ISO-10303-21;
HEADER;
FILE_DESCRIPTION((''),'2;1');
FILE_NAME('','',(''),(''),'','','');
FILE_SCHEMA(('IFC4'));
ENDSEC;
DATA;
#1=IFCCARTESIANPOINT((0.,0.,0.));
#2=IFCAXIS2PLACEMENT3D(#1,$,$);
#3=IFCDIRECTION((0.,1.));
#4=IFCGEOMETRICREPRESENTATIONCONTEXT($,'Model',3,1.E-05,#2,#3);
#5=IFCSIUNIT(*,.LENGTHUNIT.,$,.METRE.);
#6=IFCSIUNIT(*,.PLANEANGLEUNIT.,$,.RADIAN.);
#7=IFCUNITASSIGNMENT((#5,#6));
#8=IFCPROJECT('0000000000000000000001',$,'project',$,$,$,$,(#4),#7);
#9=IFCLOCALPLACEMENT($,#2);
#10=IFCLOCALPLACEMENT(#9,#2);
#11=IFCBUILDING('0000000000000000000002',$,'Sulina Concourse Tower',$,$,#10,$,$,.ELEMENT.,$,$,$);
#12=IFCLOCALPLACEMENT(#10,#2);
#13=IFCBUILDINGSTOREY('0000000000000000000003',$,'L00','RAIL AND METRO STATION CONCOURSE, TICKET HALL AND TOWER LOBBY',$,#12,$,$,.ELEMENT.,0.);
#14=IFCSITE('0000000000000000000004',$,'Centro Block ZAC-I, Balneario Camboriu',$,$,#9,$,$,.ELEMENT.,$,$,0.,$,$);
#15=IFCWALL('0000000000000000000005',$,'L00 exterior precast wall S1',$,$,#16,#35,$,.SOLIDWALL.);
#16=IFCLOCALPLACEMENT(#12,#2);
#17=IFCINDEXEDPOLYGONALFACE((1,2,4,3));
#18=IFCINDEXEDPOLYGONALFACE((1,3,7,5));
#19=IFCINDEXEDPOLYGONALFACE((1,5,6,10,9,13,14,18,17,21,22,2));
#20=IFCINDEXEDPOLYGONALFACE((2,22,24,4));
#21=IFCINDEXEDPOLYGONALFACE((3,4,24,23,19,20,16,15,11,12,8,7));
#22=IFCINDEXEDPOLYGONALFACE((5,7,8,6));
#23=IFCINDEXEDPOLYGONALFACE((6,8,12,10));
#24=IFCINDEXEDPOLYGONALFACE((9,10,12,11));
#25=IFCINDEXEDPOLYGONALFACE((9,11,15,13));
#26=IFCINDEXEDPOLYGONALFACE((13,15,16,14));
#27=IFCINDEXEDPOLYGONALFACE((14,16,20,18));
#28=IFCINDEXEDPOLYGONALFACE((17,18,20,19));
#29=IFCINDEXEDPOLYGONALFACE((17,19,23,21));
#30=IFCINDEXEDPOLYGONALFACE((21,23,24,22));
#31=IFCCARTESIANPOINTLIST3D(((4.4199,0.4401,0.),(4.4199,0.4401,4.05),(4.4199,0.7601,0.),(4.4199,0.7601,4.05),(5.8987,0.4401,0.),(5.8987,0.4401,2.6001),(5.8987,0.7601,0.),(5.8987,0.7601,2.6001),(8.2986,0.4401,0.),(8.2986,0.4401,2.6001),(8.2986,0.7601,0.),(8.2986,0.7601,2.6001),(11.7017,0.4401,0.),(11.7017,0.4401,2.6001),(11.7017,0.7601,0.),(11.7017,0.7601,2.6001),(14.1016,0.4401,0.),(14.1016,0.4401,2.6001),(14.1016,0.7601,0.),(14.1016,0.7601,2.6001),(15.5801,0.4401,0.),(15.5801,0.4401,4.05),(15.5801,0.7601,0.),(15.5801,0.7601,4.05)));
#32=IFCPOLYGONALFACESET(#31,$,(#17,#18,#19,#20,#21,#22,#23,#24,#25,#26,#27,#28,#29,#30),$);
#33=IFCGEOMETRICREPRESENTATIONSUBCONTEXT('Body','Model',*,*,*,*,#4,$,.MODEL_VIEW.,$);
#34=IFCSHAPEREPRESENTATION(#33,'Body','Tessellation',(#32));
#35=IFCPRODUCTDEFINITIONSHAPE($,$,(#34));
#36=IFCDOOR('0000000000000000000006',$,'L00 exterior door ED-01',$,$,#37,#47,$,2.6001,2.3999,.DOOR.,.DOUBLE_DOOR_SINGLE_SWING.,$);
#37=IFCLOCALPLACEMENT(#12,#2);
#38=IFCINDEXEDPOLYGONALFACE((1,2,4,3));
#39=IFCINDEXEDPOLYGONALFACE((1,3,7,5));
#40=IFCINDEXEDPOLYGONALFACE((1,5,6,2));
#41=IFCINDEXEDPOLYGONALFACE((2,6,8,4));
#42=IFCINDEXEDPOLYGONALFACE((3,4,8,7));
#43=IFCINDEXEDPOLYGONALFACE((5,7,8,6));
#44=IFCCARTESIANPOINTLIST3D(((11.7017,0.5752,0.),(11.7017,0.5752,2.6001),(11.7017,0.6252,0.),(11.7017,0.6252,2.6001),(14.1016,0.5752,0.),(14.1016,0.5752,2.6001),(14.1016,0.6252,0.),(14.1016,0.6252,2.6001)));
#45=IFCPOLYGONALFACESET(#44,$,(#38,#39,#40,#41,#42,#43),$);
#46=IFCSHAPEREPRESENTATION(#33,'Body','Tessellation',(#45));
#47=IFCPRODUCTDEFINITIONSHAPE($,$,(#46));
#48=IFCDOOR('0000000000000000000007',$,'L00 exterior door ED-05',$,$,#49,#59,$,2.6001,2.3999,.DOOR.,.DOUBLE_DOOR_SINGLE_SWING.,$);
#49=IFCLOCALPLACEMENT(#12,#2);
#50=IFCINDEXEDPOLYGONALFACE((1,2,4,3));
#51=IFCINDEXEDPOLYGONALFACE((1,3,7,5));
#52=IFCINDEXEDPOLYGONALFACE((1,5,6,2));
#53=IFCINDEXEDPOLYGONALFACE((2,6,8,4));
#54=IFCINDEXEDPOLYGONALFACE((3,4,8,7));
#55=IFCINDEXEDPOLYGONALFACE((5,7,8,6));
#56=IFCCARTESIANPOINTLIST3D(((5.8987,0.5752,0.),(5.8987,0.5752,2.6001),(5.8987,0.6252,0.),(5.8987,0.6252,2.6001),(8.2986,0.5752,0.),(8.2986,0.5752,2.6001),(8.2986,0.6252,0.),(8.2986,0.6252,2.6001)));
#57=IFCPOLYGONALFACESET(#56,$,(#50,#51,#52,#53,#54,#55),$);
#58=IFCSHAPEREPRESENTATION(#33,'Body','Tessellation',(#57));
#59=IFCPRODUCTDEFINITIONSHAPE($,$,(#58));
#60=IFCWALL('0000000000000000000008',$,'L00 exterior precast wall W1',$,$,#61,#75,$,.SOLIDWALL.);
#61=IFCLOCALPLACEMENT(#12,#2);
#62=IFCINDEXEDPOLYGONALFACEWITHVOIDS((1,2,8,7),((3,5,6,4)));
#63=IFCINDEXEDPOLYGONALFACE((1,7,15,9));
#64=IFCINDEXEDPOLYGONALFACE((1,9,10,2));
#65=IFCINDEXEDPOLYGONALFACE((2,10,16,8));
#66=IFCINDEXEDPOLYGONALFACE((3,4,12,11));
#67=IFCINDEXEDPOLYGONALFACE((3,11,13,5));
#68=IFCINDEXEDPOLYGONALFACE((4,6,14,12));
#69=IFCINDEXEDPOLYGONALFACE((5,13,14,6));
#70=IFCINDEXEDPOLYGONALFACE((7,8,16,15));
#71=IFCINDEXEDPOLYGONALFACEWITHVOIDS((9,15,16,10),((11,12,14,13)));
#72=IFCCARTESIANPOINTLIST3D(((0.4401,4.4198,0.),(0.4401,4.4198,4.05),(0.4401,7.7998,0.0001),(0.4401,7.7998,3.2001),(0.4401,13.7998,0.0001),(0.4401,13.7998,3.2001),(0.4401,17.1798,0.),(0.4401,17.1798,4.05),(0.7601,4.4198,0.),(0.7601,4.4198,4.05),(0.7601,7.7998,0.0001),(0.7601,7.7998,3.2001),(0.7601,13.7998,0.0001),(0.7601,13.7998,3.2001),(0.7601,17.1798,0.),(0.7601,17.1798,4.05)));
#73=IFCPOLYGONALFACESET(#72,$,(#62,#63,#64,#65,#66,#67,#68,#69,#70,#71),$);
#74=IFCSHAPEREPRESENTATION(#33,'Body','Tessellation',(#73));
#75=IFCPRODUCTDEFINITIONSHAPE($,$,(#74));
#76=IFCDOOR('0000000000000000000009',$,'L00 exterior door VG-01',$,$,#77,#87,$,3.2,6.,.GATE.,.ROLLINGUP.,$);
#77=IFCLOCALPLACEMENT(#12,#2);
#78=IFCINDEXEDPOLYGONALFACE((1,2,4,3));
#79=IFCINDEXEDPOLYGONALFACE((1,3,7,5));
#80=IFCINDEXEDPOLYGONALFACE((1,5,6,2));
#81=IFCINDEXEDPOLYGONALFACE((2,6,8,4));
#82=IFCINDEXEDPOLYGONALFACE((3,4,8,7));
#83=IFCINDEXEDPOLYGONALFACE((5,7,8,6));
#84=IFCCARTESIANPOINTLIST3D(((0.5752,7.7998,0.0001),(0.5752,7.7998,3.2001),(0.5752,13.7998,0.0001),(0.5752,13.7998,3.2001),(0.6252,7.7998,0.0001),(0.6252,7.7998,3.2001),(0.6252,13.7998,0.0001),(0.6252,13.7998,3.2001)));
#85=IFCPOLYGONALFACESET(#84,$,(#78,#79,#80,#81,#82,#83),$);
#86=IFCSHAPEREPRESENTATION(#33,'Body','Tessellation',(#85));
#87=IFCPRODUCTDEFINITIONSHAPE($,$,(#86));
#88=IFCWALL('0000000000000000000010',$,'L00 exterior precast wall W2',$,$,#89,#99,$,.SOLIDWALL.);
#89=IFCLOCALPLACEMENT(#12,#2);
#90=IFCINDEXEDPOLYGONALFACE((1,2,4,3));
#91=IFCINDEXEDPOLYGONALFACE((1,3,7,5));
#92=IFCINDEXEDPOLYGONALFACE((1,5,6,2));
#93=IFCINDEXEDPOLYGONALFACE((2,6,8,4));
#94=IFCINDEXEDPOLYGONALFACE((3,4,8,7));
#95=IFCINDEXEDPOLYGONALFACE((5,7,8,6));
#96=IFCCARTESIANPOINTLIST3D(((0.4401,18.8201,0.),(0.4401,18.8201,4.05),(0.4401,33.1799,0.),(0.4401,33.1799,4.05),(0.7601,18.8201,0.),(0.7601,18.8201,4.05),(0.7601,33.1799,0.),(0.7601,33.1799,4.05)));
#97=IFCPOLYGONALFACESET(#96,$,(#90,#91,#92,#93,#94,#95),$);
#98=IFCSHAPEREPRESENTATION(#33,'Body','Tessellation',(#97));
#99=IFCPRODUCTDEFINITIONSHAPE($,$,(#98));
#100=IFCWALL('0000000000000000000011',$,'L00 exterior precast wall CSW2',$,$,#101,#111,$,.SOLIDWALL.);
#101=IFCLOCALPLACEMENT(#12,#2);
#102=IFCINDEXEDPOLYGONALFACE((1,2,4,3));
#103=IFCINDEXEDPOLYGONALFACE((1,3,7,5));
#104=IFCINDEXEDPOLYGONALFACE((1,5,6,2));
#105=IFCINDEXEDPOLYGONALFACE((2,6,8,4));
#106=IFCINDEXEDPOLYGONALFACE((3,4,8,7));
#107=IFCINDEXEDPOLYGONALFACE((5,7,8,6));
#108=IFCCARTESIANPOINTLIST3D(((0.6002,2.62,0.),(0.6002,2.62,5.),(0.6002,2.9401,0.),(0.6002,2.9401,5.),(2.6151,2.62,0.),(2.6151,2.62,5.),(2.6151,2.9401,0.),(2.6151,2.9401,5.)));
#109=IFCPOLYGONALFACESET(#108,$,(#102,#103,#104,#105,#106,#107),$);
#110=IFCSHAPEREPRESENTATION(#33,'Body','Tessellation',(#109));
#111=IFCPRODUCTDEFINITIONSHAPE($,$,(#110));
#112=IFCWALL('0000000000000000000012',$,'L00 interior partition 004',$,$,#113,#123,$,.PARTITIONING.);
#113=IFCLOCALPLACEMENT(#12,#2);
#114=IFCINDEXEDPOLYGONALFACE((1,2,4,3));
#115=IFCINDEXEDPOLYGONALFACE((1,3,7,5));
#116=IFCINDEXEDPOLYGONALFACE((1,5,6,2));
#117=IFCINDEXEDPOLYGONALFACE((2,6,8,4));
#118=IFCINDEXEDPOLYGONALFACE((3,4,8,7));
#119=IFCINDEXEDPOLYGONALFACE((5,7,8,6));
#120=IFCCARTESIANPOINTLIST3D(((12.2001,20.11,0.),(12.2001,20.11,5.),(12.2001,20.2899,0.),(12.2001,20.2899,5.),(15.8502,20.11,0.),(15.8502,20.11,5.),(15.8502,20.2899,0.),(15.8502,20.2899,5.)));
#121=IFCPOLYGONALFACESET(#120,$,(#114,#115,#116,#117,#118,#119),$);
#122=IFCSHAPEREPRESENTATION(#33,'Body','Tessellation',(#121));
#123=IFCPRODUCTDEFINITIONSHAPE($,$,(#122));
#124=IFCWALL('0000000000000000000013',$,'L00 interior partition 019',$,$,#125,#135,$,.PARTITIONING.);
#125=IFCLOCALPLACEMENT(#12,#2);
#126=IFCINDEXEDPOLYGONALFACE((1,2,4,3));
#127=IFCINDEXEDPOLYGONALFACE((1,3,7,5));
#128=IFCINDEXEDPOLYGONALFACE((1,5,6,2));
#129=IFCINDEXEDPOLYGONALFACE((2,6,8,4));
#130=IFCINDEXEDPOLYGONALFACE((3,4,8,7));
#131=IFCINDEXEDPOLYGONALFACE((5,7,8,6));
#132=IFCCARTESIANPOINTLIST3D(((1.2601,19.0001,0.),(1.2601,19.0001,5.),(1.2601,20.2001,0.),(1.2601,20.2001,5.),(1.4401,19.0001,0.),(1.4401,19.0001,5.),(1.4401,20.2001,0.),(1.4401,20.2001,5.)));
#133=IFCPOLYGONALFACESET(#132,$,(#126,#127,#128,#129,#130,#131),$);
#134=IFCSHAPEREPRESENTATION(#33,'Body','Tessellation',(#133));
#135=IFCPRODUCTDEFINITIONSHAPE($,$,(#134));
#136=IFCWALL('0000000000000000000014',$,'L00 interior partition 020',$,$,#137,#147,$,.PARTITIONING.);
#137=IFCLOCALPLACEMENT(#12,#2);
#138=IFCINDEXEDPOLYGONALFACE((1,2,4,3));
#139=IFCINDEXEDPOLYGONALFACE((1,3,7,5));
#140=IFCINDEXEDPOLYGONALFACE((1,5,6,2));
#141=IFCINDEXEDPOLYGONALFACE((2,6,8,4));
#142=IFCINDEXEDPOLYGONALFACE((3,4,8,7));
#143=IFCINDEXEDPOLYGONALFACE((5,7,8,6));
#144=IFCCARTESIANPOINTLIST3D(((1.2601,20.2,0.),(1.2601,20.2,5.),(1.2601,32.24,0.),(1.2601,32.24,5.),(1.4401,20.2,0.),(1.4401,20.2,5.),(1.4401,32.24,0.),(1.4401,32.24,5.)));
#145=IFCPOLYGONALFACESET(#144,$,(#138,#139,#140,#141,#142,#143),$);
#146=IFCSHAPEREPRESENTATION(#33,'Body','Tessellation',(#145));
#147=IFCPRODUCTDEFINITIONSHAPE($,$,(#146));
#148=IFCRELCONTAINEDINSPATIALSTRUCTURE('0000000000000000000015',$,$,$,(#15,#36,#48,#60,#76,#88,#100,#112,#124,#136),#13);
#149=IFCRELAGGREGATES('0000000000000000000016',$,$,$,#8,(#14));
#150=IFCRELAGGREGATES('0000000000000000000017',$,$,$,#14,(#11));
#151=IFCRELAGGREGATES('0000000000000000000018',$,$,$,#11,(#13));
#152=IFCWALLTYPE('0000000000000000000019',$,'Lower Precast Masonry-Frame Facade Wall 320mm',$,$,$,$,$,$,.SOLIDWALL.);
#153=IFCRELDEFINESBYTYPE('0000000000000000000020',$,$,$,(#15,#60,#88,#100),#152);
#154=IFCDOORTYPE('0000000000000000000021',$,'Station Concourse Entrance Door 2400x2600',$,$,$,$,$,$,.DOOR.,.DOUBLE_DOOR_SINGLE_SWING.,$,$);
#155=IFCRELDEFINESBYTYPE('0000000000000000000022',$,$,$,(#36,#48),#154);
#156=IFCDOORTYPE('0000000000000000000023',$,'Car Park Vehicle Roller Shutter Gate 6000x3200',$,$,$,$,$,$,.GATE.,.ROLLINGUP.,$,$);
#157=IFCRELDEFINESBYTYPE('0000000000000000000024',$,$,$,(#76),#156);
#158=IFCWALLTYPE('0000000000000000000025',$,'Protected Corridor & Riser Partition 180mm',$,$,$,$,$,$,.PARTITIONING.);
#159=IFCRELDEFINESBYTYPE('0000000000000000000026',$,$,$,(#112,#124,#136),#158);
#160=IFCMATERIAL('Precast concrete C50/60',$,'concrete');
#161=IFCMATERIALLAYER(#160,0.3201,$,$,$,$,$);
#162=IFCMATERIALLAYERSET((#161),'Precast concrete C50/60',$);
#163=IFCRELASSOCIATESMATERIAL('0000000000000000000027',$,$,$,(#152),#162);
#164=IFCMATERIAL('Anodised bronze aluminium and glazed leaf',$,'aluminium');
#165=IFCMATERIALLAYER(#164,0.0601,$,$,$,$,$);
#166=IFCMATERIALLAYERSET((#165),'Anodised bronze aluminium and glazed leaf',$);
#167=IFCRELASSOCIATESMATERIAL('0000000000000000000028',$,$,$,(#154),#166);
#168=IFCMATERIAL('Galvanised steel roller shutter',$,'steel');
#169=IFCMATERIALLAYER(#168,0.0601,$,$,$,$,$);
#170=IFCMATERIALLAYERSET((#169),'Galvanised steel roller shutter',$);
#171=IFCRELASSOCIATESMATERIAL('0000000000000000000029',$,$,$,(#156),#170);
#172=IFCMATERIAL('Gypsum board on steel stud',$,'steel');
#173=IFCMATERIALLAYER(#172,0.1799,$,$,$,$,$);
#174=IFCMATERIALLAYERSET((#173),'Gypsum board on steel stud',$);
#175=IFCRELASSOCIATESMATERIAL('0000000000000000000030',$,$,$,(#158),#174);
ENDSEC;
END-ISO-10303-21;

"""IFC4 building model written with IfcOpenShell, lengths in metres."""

from ifc_helpers import new_model, si_unit, direction, frame, frame_2d, origin, place, context, subcontext, project, spatial, rectangle, extrude, material, layer, layer_set, type_object, element, fill, save


model = new_model("IFC4")

# Units and contexts
model_context = context("Model", 3, precision=1e-05, world=origin(), true_north=direction((0.0, 1.0)))
body_context = subcontext(model_context, "Body", "Model", "MODEL_VIEW")
ifc_project = project(units=[si_unit("LENGTHUNIT", "METRE"), si_unit("PLANEANGLEUNIT", "RADIAN")], contexts=[model_context])

# Site, building, storey
site_placement = place(None, origin())
site = spatial("IfcSite", under=ifc_project, at=site_placement, Name="Centro Block ZAC-I, Balneario Camboriu", CompositionType="ELEMENT", RefElevation=0.0)
building_placement = place(site_placement, origin())
building = spatial("IfcBuilding", under=site, at=building_placement, Name="Sulina Concourse Tower", CompositionType="ELEMENT")
storey_placement = place(building_placement, origin())
storey = spatial("IfcBuildingStorey", under=building, at=storey_placement, Name="L00", Description="RAIL AND METRO STATION CONCOURSE, TICKET HALL AND TOWER LOBBY", CompositionType="ELEMENT", Elevation=0.0)

# Wall, openings, doors
ifc_material_1 = material(Name="Precast concrete C50/60", Category="concrete")
ifc_layer_1 = layer(ifc_material_1, 0.3201)
ifc_layer_set_1 = layer_set([ifc_layer_1], Name="Precast concrete C50/60")
wall_type_1 = type_object("IfcWallType", Name="Lower Precast Masonry-Frame Facade Wall 320mm", PredefinedType="SOLIDWALL", material=ifc_layer_set_1)
wall_1_placement = place(storey_placement, frame((15.5801, 0.6001, 0.0), z_axis=(0.0, 0.0, 1.0), x_axis=(-1.0, 0.0, 0.0)))
wall_1 = element("IfcWall", 1, at=wall_1_placement, inside=storey, type_object=wall_type_1, Name="L00 exterior precast wall S1", PredefinedType="SOLIDWALL", context=body_context, shape_type="SweptSolid", body=[
    extrude(rectangle(XDim=11.1602, YDim=0.3201, at=frame_2d((5.5801, 0.0))), origin(), (0.0, 0.0, 1.0), 4.05),
])
opening_1_placement = place(wall_1_placement, frame((1.4785, 0.0, 0.0)))
opening_1 = element("IfcOpeningElement", 2, at=opening_1_placement, cuts=wall_1, PredefinedType="OPENING", context=body_context, shape_type="SweptSolid", body=[
    extrude(rectangle(XDim=2.3999, YDim=2.6001, at=frame_2d((1.2, 1.3))), frame((0.0, 0.1699, 0.0), z_axis=(0.0, -1.0, 0.0), x_axis=(1.0, 0.0, 0.0)), (0.0, 0.0, 1.0), 0.3401),
])
opening_2_placement = place(wall_1_placement, frame((7.2815, 0.0, 0.0)))
opening_2 = element("IfcOpeningElement", 3, at=opening_2_placement, cuts=wall_1, PredefinedType="OPENING", context=body_context, shape_type="SweptSolid", body=[
    extrude(rectangle(XDim=2.3999, YDim=2.6001, at=frame_2d((1.2, 1.3))), frame((0.0, 0.1699, 0.0), z_axis=(0.0, -1.0, 0.0), x_axis=(1.0, 0.0, 0.0)), (0.0, 0.0, 1.0), 0.3401),
])
ifc_material_2 = material(Name="Anodised bronze aluminium and glazed leaf", Category="aluminium")
ifc_layer_2 = layer(ifc_material_2, 0.0601)
ifc_layer_set_2 = layer_set([ifc_layer_2], Name="Anodised bronze aluminium and glazed leaf")
door_type_1 = type_object("IfcDoorType", Name="Station Concourse Entrance Door 2400x2600", OperationType="DOUBLE_DOOR_SINGLE_SWING", PredefinedType="DOOR", material=ifc_layer_set_2)
door_1_placement = place(opening_1_placement, origin())
door_1 = element("IfcDoor", 4, at=door_1_placement, inside=storey, type_object=door_type_1, Name="L00 exterior door ED-01", OperationType="DOUBLE_DOOR_SINGLE_SWING", OverallHeight=2.6001, OverallWidth=2.3999, PredefinedType="DOOR", context=body_context, shape_type="SweptSolid", body=[
    extrude(rectangle(XDim=2.3999, YDim=2.6001, at=frame_2d((1.2, 1.3))), frame((0.0, 0.0249, 0.0), z_axis=(0.0, -1.0, 0.0), x_axis=(1.0, 0.0, 0.0)), (0.0, 0.0, 1.0), 0.05),
])
fill(opening_1, door_1)
door_2_placement = place(opening_2_placement, origin())
door_2 = element("IfcDoor", 5, at=door_2_placement, inside=storey, type_object=door_type_1, Name="L00 exterior door ED-05", OperationType="DOUBLE_DOOR_SINGLE_SWING", OverallHeight=2.6001, OverallWidth=2.3999, PredefinedType="DOOR", context=body_context, shape_type="SweptSolid", body=[
    extrude(rectangle(XDim=2.3999, YDim=2.6001, at=frame_2d((1.2, 1.3))), frame((0.0, 0.0249, 0.0), z_axis=(0.0, -1.0, 0.0), x_axis=(1.0, 0.0, 0.0)), (0.0, 0.0, 1.0), 0.05),
])
fill(opening_2, door_2)

# Wall, opening, door
wall_2_placement = place(storey_placement, frame((0.6001, 4.4199, 0.0), z_axis=(0.0, 0.0, 1.0), x_axis=(0.0, 1.0, 0.0)))
wall_2 = element("IfcWall", 6, at=wall_2_placement, inside=storey, type_object=wall_type_1, Name="L00 exterior precast wall W1", PredefinedType="SOLIDWALL", context=body_context, shape_type="SweptSolid", body=[
    extrude(rectangle(XDim=12.76, YDim=0.3201, at=frame_2d((6.3799, 0.0))), origin(), (0.0, 0.0, 1.0), 4.05),
])
opening_3_placement = place(wall_2_placement, frame((3.3799, 0.0, 0.0)))
opening_3 = element("IfcOpeningElement", 7, at=opening_3_placement, cuts=wall_2, PredefinedType="OPENING", context=body_context, shape_type="SweptSolid", body=[
    extrude(rectangle(XDim=6.0, YDim=3.2, at=frame_2d((3.0, 1.6001))), frame((0.0, 0.1699, 0.0), z_axis=(0.0, -1.0, 0.0), x_axis=(1.0, 0.0, 0.0)), (0.0, 0.0, 1.0), 0.3401),
])
ifc_material_3 = material(Name="Galvanised steel roller shutter", Category="steel")
ifc_layer_3 = layer(ifc_material_3, 0.0601)
ifc_layer_set_3 = layer_set([ifc_layer_3], Name="Galvanised steel roller shutter")
door_type_2 = type_object("IfcDoorType", Name="Car Park Vehicle Roller Shutter Gate 6000x3200", OperationType="ROLLINGUP", PredefinedType="GATE", material=ifc_layer_set_3)
door_3_placement = place(opening_3_placement, origin())
door_3 = element("IfcDoor", 8, at=door_3_placement, inside=storey, type_object=door_type_2, Name="L00 exterior door VG-01", OperationType="ROLLINGUP", OverallHeight=3.2, OverallWidth=6.0, PredefinedType="GATE", context=body_context, shape_type="SweptSolid", body=[
    extrude(rectangle(XDim=6.0, YDim=3.2, at=frame_2d((3.0, 1.6001))), frame((0.0, 0.0249, 0.0), z_axis=(0.0, -1.0, 0.0), x_axis=(1.0, 0.0, 0.0)), (0.0, 0.0, 1.0), 0.05),
])
fill(opening_3, door_3)

# Walls
wall_3_placement = place(storey_placement, frame((0.6001, 18.8201, 0.0), z_axis=(0.0, 0.0, 1.0), x_axis=(0.0, 1.0, 0.0)))
element("IfcWall", 9, at=wall_3_placement, inside=storey, type_object=wall_type_1, Name="L00 exterior precast wall W2", PredefinedType="SOLIDWALL", context=body_context, shape_type="SweptSolid", body=[
    extrude(rectangle(XDim=14.3599, YDim=0.3201, at=frame_2d((7.1799, 0.0))), origin(), (0.0, 0.0, 1.0), 4.05),
])
wall_4_placement = place(storey_placement, frame((2.615, 2.78, 0.0), z_axis=(0.0, 0.0, 1.0), x_axis=(-1.0, 0.0, 0.0)))
element("IfcWall", 10, at=wall_4_placement, inside=storey, type_object=wall_type_1, Name="L00 exterior precast wall CSW2", PredefinedType="SOLIDWALL", context=body_context, shape_type="SweptSolid", body=[
    extrude(rectangle(XDim=2.0149, YDim=0.3201, at=frame_2d((1.0073, 0.0))), origin(), (0.0, 0.0, 1.0), 5.0),
])
ifc_material_4 = material(Name="Gypsum board on steel stud", Category="steel")
ifc_layer_4 = layer(ifc_material_4, 0.1799)
ifc_layer_set_4 = layer_set([ifc_layer_4], Name="Gypsum board on steel stud")
wall_type_2 = type_object("IfcWallType", Name="Protected Corridor & Riser Partition 180mm", PredefinedType="PARTITIONING", material=ifc_layer_set_4)
wall_5_placement = place(storey_placement, frame((12.2, 20.2, 0.0), z_axis=(0.0, 0.0, 1.0), x_axis=(1.0, 0.0, 0.0)))
element("IfcWall", 11, at=wall_5_placement, inside=storey, type_object=wall_type_2, Name="L00 interior partition 004", PredefinedType="PARTITIONING", context=body_context, shape_type="SweptSolid", body=[
    extrude(rectangle(XDim=3.6501, YDim=0.1799, at=frame_2d((1.8252, 0.0))), origin(), (0.0, 0.0, 1.0), 5.0),
])
wall_6_placement = place(storey_placement, frame((1.3501, 19.0, 0.0), z_axis=(0.0, 0.0, 1.0), x_axis=(0.0, 1.0, 0.0)))
element("IfcWall", 12, at=wall_6_placement, inside=storey, type_object=wall_type_2, Name="L00 interior partition 019", PredefinedType="PARTITIONING", context=body_context, shape_type="SweptSolid", body=[
    extrude(rectangle(XDim=1.2, YDim=0.1799, at=frame_2d((0.6001, 0.0))), origin(), (0.0, 0.0, 1.0), 5.0),
])
wall_7_placement = place(storey_placement, frame((1.3501, 20.2, 0.0), z_axis=(0.0, 0.0, 1.0), x_axis=(0.0, 1.0, 0.0)))
element("IfcWall", 13, at=wall_7_placement, inside=storey, type_object=wall_type_2, Name="L00 interior partition 020", PredefinedType="PARTITIONING", context=body_context, shape_type="SweptSolid", body=[
    extrude(rectangle(XDim=12.04, YDim=0.1799, at=frame_2d((6.02, 0.0))), origin(), (0.0, 0.0, 1.0), 5.0),
])

save(model, "model.ifc")
